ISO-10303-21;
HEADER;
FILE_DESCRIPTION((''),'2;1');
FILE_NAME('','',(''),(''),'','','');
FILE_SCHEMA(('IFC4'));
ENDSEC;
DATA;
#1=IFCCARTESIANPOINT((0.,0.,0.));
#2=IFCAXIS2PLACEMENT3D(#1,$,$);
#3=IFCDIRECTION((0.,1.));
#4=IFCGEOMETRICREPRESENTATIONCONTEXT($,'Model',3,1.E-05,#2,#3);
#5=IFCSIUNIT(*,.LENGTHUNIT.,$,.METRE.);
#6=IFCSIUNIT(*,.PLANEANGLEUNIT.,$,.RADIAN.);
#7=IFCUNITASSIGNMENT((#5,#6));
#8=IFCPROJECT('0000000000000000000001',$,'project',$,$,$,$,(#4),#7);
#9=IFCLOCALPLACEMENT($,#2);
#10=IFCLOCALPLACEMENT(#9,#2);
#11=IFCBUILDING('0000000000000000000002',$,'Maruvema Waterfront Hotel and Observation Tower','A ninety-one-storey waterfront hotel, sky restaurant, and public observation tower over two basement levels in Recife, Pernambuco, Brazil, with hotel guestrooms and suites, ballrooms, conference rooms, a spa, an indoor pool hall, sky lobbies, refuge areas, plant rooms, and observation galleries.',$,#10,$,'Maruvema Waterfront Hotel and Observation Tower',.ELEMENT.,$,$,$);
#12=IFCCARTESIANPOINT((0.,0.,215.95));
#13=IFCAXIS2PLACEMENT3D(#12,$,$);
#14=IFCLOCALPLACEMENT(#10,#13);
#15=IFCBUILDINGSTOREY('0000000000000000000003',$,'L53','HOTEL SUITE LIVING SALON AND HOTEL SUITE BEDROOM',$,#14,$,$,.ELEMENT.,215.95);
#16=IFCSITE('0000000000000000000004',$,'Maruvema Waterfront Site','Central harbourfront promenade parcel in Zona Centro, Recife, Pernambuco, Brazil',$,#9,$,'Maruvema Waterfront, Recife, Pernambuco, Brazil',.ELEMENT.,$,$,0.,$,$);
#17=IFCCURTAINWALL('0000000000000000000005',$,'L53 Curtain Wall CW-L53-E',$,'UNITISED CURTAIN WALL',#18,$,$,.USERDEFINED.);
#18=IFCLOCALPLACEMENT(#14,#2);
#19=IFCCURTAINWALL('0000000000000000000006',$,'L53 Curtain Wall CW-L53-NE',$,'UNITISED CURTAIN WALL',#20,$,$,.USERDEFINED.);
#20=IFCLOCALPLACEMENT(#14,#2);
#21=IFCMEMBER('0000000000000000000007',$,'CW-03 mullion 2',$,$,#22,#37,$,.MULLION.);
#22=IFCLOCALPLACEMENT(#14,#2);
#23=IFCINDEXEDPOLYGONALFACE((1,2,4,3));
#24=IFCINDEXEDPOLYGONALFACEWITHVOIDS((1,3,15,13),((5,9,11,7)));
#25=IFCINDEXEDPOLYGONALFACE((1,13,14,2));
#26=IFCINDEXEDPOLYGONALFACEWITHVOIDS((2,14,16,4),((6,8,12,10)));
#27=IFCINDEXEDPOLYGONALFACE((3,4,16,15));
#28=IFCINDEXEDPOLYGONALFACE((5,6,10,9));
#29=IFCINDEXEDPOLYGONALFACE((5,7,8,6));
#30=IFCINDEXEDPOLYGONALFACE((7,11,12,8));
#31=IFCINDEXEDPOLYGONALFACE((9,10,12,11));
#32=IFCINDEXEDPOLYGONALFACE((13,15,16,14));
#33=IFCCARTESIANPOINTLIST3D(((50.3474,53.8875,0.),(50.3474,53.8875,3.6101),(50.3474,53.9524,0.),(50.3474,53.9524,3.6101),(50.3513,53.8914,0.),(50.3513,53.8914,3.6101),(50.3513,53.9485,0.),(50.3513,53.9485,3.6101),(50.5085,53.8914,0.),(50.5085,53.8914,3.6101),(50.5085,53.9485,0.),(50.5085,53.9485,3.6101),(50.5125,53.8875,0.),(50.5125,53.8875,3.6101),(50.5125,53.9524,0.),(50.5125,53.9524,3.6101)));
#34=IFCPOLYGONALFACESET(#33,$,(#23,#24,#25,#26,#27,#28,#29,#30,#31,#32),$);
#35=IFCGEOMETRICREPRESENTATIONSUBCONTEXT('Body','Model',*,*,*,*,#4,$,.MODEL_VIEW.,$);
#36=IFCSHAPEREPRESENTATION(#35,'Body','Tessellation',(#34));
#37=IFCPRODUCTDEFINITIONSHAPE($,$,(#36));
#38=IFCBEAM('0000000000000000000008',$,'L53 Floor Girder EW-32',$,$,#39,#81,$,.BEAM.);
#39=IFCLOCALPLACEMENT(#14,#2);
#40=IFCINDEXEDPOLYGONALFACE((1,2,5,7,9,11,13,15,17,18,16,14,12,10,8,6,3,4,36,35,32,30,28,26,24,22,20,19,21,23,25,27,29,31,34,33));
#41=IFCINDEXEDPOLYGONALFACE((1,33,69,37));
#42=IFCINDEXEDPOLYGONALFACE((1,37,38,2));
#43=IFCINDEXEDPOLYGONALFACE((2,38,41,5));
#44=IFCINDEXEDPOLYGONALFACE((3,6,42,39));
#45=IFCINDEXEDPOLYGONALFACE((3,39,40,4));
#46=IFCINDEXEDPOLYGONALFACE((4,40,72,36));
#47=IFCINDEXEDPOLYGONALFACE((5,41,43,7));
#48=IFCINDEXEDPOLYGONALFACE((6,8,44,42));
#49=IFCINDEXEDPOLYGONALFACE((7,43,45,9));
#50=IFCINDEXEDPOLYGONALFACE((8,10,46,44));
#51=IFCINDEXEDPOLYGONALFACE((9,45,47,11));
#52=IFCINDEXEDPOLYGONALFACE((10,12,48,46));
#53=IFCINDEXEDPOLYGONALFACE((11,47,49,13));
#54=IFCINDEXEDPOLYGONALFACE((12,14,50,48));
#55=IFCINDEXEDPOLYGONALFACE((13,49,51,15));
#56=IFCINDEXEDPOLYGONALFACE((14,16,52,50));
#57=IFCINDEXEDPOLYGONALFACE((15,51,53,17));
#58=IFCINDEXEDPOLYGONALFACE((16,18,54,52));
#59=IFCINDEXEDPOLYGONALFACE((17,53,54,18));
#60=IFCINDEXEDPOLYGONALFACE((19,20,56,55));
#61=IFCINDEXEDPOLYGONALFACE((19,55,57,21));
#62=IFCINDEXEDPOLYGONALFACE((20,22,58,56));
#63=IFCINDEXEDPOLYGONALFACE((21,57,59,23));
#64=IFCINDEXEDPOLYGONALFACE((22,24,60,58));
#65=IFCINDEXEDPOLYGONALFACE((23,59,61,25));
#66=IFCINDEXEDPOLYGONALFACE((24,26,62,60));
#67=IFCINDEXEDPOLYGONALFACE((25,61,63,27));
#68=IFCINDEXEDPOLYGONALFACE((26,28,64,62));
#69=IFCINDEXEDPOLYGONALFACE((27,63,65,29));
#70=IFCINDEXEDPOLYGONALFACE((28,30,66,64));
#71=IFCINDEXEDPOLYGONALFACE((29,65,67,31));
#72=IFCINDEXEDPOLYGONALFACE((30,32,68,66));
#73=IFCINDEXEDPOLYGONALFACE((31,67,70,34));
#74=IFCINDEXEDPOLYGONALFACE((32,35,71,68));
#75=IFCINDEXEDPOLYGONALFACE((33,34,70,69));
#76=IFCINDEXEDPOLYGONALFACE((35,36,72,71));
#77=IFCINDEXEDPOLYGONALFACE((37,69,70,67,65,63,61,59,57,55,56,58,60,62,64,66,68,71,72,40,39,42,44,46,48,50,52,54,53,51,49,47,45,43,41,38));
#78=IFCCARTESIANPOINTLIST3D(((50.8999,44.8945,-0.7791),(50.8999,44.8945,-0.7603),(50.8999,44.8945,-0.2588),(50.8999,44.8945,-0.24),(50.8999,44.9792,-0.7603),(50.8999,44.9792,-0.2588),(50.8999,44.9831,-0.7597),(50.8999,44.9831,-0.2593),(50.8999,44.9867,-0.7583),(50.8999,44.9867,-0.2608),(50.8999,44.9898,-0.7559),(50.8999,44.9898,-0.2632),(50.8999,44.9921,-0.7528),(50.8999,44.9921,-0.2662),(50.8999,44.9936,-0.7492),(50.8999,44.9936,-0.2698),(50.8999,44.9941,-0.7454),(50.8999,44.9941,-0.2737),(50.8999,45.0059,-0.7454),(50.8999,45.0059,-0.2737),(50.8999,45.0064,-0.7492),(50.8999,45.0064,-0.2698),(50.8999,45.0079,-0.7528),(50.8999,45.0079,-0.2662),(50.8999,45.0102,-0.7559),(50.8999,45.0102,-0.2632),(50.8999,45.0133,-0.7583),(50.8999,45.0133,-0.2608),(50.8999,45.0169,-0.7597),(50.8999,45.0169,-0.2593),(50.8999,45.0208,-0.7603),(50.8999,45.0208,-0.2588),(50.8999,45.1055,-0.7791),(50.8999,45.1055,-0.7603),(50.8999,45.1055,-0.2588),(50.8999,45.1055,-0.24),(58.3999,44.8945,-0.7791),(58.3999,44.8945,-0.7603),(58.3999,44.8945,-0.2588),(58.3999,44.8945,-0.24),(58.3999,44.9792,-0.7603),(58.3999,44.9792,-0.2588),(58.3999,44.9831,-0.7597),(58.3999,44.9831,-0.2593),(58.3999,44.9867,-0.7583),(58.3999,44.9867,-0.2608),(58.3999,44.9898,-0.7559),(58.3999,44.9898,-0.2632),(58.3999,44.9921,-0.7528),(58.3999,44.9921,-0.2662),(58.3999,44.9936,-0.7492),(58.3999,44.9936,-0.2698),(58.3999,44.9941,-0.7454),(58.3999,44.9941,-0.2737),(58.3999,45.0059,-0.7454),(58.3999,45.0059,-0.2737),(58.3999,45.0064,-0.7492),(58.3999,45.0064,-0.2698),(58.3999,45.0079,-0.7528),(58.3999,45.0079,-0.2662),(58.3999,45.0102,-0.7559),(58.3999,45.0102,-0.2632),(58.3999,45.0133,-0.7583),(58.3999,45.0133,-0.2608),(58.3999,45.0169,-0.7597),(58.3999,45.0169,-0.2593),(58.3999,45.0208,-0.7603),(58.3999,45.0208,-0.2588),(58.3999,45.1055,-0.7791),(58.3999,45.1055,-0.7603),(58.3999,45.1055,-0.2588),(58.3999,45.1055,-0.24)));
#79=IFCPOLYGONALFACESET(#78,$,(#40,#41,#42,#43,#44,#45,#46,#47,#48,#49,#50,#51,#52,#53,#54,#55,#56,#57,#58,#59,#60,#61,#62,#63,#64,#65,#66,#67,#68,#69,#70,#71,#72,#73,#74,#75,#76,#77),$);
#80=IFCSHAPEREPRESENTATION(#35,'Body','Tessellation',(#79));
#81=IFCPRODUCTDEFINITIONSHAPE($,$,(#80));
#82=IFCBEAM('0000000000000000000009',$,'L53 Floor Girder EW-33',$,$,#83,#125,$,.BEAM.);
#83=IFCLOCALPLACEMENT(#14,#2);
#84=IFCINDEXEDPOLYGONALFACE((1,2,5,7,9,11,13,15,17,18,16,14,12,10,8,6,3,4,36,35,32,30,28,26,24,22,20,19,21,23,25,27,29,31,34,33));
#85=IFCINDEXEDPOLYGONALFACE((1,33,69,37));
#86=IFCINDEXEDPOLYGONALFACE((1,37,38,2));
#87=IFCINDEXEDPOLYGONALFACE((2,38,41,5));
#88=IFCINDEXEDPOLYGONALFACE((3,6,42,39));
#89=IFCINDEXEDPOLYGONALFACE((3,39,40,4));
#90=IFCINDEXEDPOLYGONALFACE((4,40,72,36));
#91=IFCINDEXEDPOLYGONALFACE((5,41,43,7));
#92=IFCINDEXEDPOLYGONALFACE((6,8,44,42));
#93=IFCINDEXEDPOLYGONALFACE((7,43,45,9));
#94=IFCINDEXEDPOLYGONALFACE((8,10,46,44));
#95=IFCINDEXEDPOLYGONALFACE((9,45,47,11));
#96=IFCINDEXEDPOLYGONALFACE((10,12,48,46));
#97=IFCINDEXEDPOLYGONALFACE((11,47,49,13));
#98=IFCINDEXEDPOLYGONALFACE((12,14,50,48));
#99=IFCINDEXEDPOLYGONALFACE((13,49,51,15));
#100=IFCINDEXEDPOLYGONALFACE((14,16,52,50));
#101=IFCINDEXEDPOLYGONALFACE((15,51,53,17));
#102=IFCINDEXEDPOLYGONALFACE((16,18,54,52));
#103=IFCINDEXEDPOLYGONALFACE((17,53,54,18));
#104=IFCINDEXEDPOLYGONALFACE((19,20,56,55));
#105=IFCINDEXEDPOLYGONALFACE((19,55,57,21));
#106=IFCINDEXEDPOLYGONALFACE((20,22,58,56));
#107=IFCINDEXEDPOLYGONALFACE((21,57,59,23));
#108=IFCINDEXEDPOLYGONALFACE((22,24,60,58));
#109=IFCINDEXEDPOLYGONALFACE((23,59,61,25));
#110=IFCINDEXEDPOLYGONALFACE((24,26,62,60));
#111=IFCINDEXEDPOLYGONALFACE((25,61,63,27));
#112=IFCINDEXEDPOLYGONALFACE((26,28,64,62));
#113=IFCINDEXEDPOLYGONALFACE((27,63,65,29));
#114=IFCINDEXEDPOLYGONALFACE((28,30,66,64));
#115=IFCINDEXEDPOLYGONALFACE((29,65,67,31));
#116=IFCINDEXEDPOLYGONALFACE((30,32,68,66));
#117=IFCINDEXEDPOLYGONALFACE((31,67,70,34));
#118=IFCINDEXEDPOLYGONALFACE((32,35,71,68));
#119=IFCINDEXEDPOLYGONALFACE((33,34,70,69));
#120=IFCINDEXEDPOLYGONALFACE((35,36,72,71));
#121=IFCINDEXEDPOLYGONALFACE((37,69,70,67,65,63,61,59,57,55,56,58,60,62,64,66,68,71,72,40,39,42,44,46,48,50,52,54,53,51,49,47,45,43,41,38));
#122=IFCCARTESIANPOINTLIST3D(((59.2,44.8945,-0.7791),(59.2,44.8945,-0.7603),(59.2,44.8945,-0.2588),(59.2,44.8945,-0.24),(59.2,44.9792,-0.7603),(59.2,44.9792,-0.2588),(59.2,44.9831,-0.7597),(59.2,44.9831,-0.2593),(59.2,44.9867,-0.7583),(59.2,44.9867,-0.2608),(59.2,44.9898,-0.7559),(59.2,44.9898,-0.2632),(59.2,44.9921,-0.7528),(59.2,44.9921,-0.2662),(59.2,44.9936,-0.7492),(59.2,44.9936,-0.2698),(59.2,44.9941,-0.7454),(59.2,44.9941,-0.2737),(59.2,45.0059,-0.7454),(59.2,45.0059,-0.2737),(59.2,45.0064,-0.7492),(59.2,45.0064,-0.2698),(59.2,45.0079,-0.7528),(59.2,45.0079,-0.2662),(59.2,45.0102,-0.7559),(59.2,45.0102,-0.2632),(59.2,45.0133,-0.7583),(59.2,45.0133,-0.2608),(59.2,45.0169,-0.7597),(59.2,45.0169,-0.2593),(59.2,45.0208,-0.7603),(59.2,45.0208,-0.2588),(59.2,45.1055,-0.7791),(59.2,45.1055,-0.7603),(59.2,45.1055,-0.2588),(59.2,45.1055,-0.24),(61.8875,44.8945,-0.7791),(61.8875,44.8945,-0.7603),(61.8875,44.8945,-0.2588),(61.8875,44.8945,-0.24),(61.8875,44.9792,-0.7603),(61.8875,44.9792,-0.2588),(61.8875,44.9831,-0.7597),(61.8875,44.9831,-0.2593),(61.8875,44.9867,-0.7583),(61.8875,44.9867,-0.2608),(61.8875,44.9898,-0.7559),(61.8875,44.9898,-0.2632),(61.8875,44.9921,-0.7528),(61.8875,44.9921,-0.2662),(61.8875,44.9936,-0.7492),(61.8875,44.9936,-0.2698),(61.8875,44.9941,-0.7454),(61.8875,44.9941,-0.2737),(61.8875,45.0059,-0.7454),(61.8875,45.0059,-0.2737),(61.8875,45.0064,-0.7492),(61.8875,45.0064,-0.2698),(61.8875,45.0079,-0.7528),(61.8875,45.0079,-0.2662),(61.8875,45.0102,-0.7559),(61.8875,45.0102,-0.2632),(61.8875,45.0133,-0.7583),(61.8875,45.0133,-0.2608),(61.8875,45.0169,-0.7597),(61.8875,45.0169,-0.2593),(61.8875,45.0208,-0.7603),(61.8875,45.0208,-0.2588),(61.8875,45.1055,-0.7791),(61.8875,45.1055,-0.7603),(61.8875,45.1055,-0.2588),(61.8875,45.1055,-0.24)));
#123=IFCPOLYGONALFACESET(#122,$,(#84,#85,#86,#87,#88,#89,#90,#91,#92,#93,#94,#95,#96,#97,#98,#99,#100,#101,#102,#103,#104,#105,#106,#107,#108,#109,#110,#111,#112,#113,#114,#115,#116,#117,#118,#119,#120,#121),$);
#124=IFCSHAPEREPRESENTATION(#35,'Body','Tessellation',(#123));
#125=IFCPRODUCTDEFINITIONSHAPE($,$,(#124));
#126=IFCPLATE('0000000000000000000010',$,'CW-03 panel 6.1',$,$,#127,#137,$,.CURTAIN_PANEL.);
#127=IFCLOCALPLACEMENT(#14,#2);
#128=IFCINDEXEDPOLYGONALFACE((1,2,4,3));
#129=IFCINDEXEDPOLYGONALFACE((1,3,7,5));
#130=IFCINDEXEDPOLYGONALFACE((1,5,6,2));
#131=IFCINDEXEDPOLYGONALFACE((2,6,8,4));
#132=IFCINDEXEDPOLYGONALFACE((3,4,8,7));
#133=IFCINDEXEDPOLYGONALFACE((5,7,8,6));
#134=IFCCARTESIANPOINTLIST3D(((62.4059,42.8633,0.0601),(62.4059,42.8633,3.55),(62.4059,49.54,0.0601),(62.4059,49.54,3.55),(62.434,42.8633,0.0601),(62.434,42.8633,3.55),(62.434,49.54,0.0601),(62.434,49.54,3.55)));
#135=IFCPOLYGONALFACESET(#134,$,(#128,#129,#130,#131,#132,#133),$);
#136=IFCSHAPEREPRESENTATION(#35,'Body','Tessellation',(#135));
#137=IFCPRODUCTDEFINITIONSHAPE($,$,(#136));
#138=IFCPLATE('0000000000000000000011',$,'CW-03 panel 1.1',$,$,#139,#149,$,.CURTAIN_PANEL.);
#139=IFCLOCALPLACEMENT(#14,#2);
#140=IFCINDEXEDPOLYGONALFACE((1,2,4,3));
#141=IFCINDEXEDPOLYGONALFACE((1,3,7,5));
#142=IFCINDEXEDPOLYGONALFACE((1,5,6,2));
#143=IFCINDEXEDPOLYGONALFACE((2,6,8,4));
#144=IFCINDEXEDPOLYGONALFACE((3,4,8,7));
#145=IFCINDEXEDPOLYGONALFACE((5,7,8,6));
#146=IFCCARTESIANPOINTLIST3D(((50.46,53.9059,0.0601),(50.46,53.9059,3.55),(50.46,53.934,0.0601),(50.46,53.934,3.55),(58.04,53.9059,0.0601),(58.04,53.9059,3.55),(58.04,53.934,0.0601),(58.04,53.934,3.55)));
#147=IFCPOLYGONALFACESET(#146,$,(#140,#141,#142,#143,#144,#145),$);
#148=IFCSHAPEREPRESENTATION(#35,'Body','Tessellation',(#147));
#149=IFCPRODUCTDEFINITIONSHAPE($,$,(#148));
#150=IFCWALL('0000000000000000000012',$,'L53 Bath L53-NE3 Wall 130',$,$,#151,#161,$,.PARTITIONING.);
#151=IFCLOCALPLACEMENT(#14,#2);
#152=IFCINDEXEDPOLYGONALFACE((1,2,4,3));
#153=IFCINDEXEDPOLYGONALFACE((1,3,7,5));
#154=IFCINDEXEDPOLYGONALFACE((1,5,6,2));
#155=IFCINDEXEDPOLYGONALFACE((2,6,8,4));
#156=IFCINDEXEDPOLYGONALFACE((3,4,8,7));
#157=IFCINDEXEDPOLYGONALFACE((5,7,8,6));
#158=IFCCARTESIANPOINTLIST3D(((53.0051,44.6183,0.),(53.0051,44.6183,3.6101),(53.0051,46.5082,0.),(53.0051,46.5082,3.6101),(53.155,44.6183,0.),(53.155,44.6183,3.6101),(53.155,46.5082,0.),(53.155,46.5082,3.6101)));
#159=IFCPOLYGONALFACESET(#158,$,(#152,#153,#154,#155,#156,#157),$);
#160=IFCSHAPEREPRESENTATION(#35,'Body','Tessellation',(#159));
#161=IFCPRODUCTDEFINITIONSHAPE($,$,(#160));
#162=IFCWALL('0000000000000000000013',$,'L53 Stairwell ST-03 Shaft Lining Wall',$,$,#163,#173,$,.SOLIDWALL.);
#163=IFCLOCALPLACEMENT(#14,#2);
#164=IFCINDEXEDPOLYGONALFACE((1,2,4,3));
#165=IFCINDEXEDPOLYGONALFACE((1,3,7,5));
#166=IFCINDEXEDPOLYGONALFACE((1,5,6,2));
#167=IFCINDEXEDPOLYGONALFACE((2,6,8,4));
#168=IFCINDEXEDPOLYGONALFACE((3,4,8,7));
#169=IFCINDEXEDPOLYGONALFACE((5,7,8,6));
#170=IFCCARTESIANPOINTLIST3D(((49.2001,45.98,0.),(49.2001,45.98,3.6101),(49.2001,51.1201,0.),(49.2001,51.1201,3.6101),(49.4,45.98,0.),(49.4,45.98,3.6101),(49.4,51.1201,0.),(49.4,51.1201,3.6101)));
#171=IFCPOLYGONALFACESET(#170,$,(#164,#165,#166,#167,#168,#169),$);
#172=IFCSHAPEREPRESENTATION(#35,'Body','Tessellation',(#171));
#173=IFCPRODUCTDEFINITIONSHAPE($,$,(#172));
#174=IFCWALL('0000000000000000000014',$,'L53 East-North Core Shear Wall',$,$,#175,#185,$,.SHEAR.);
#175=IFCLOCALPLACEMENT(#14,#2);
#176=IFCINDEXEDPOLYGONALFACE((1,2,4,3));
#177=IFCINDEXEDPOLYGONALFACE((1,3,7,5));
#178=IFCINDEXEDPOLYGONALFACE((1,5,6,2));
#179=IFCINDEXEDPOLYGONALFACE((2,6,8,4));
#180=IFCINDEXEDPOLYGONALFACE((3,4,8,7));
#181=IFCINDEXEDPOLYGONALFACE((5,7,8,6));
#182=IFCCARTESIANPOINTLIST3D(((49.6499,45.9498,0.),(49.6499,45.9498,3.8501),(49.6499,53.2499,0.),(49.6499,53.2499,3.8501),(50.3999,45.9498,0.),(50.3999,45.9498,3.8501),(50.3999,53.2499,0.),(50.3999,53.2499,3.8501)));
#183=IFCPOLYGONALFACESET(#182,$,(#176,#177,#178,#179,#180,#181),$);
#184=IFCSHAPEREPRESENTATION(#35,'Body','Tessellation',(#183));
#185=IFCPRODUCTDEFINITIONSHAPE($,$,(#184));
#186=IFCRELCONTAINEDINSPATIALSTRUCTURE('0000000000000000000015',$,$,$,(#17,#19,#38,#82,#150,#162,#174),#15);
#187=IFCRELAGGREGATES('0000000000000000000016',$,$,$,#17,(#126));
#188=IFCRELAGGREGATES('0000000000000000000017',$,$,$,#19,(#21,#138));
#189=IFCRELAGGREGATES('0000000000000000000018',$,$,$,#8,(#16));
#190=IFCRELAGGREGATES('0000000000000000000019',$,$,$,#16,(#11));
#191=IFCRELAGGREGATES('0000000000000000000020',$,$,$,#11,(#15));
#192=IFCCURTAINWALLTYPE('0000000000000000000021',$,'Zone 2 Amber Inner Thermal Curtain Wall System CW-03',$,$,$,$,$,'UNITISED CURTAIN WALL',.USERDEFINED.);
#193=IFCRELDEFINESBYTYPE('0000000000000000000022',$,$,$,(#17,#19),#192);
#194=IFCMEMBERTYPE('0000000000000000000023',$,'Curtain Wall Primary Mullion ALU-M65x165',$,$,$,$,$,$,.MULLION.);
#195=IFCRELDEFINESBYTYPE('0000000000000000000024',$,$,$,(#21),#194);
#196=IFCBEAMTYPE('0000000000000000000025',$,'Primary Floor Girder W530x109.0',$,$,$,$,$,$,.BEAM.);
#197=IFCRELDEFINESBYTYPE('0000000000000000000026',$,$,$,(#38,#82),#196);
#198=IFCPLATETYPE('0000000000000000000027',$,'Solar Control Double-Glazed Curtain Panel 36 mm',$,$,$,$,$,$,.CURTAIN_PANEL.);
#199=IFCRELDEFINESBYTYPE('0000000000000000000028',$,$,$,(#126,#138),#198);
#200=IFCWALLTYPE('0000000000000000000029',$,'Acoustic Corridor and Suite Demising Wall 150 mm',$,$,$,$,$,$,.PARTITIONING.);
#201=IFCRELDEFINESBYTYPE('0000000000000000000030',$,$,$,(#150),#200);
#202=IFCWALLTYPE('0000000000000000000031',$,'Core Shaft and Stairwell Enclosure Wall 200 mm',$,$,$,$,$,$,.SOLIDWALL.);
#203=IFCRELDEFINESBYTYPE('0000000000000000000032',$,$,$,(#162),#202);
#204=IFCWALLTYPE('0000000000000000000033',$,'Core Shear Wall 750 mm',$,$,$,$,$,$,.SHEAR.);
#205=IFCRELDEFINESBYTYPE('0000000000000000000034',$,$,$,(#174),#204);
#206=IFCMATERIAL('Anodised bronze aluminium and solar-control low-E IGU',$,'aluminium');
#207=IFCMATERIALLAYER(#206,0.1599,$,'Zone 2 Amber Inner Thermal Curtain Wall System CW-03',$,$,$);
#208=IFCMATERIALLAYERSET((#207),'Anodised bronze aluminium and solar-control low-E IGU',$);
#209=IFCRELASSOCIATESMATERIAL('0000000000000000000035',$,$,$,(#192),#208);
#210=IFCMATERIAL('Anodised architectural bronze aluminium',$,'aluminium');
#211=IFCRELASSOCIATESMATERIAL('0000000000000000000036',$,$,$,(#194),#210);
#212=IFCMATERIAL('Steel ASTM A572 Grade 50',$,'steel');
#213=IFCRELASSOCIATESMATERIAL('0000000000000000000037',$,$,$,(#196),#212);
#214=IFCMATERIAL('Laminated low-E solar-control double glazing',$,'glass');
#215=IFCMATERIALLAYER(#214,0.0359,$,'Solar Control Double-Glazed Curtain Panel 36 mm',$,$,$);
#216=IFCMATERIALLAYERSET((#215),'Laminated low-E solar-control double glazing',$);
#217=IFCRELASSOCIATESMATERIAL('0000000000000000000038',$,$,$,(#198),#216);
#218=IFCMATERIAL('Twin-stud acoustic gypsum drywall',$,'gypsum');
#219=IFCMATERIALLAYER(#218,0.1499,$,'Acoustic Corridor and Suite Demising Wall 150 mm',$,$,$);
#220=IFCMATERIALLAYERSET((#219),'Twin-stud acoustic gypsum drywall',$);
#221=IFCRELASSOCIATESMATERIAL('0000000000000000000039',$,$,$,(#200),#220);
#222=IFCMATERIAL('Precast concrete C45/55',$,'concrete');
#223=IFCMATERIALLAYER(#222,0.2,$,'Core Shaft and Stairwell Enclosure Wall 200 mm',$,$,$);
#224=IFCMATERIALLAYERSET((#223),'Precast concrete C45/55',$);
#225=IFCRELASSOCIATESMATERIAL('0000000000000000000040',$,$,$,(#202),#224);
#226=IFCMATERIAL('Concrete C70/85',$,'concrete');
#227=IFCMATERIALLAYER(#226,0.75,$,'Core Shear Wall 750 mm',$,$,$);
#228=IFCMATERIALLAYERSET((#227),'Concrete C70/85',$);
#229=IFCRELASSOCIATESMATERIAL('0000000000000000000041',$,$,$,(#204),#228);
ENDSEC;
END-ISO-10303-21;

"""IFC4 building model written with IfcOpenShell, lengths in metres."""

from ifc_helpers import new_model, si_unit, direction, frame, frame_2d, origin, origin_2d, place, context, subcontext, project, spatial, rectangle, hollow_rectangle, i_section, extrude, material, layer, layer_set, material_profile, profile_set, type_object, element, aggregate, save


model = new_model("IFC4")

# Units and contexts
model_context = context("Model", 3, precision=1e-05, world=origin(), true_north=direction((0.0, 1.0)))
body_context = subcontext(model_context, "Body", "Model", "MODEL_VIEW")
ifc_project = project(units=[si_unit("LENGTHUNIT", "METRE"), si_unit("PLANEANGLEUNIT", "RADIAN")], contexts=[model_context])

# Site, building, storey
site_placement = place(None, origin())
site = spatial("IfcSite", under=ifc_project, at=site_placement, Name="Maruvema Waterfront Site", Description="Central harbourfront promenade parcel in Zona Centro, Recife, Pernambuco, Brazil", LongName="Maruvema Waterfront, Recife, Pernambuco, Brazil", CompositionType="ELEMENT", RefElevation=0.0)
building_placement = place(site_placement, origin())
building = spatial("IfcBuilding", under=site, at=building_placement, Name="Maruvema Waterfront Hotel and Observation Tower", Description="A ninety-one-storey waterfront hotel, sky restaurant, and public observation tower over two basement levels in Recife, Pernambuco, Brazil, with hotel guestrooms and suites, ballrooms, conference rooms, a spa, an indoor pool hall, sky lobbies, refuge areas, plant rooms, and observation galleries.", LongName="Maruvema Waterfront Hotel and Observation Tower", CompositionType="ELEMENT")
storey_placement = place(building_placement, frame((0.0, 0.0, 215.95)))
storey = spatial("IfcBuildingStorey", under=building, at=storey_placement, Name="L53", Description="HOTEL SUITE LIVING SALON AND HOTEL SUITE BEDROOM", CompositionType="ELEMENT", Elevation=215.95)

# Curtain walls
ifc_material_1 = material(Name="Anodised bronze aluminium and solar-control low-E IGU", Category="aluminium")
ifc_layer_1 = layer(ifc_material_1, 0.1599, Name="Zone 2 Amber Inner Thermal Curtain Wall System CW-03")
ifc_layer_set_1 = layer_set([ifc_layer_1], Name="Anodised bronze aluminium and solar-control low-E IGU")
curtain_wall_type = type_object("IfcCurtainWallType", Name="Zone 2 Amber Inner Thermal Curtain Wall System CW-03", ElementType="UNITISED CURTAIN WALL", PredefinedType="USERDEFINED", material=ifc_layer_set_1)
curtain_wall_1_placement = place(storey_placement, origin())
curtain_wall_1 = element("IfcCurtainWall", 1, at=curtain_wall_1_placement, inside=storey, type_object=curtain_wall_type, Name="L53 Curtain Wall CW-L53-E", ObjectType="UNITISED CURTAIN WALL", PredefinedType="USERDEFINED")
curtain_wall_2_placement = place(storey_placement, origin())
curtain_wall_2 = element("IfcCurtainWall", 2, at=curtain_wall_2_placement, inside=storey, type_object=curtain_wall_type, Name="L53 Curtain Wall CW-L53-NE", ObjectType="UNITISED CURTAIN WALL", PredefinedType="USERDEFINED")

# Member
ifc_material_2 = material(Name="Anodised architectural bronze aluminium", Category="aluminium")
ifc_material_profile_1 = material_profile(ifc_material_2, hollow_rectangle(XDim=0.0649, YDim=0.165, WallThickness=0.0039, at=origin_2d()), Name="ALU-M65x165")
ifc_profile_set_1 = profile_set([ifc_material_profile_1], Name="Anodised architectural bronze aluminium")
member_type_1 = type_object("IfcMemberType", Name="Curtain Wall Primary Mullion ALU-M65x165", PredefinedType="MULLION", material=ifc_profile_set_1)
member_1_placement = place(storey_placement, frame((50.4299, 53.9199, 0.0), z_axis=(0.0, 0.0, 1.0), x_axis=(0.0, -1.0, 0.0)))
member_1 = element("IfcMember", 3, at=member_1_placement, type_object=member_type_1, Name="CW-03 mullion 2", PredefinedType="MULLION", context=body_context, shape_type="SweptSolid", body=[
    extrude(hollow_rectangle(XDim=0.0649, YDim=0.165, WallThickness=0.0039, at=origin_2d()), origin(), (0.0, 0.0, 1.0), 3.6101),
])

# Beams
ifc_material_3 = material(Name="Steel ASTM A572 Grade 50", Category="steel")
ifc_material_profile_2 = material_profile(ifc_material_3, i_section(OverallWidth=0.2109, OverallDepth=0.5391, WebThickness=0.0117, FlangeThickness=0.0188, FilletRadius=0.0149, at=origin_2d()), Name="W530x109.0")
ifc_profile_set_2 = profile_set([ifc_material_profile_2], Name="Steel ASTM A572 Grade 50")
beam_type = type_object("IfcBeamType", Name="Primary Floor Girder W530x109.0", PredefinedType="BEAM", material=ifc_profile_set_2)
beam_1_placement = place(storey_placement, frame((50.8999, 45.0, -0.5095), z_axis=(1.0, 0.0, 0.0), x_axis=(0.0, 1.0, 0.0)))
element("IfcBeam", 4, at=beam_1_placement, inside=storey, type_object=beam_type, Name="L53 Floor Girder EW-32", PredefinedType="BEAM", context=body_context, shape_type="SweptSolid", body=[
    extrude(i_section(OverallWidth=0.2109, OverallDepth=0.5391, WebThickness=0.0117, FlangeThickness=0.0188, FilletRadius=0.0149, at=origin_2d()), origin(), (0.0, 0.0, 1.0), 7.5),
])
beam_2_placement = place(storey_placement, frame((59.2, 45.0, -0.5095), z_axis=(1.0, 0.0, 0.0), x_axis=(0.0, 1.0, 0.0)))
element("IfcBeam", 5, at=beam_2_placement, inside=storey, type_object=beam_type, Name="L53 Floor Girder EW-33", PredefinedType="BEAM", context=body_context, shape_type="SweptSolid", body=[
    extrude(i_section(OverallWidth=0.2109, OverallDepth=0.5391, WebThickness=0.0117, FlangeThickness=0.0188, FilletRadius=0.0149, at=origin_2d()), origin(), (0.0, 0.0, 1.0), 2.6875),
])

# Plates
ifc_material_4 = material(Name="Laminated low-E solar-control double glazing", Category="glass")
ifc_layer_2 = layer(ifc_material_4, 0.0359, Name="Solar Control Double-Glazed Curtain Panel 36 mm")
ifc_layer_set_2 = layer_set([ifc_layer_2], Name="Laminated low-E solar-control double glazing")
plate_type = type_object("IfcPlateType", Name="Solar Control Double-Glazed Curtain Panel 36 mm", PredefinedType="CURTAIN_PANEL", material=ifc_layer_set_2)
plate_1_placement = place(storey_placement, frame((62.4199, 46.2017, 0.0601), z_axis=(0.0, 0.0, 1.0), x_axis=(0.0, 1.0, 0.0)))
plate_1 = element("IfcPlate", 6, at=plate_1_placement, type_object=plate_type, Name="CW-03 panel 6.1", PredefinedType="CURTAIN_PANEL", context=body_context, shape_type="SweptSolid", body=[
    extrude(rectangle(XDim=6.6768, YDim=0.0281, at=origin_2d()), origin(), (0.0, 0.0, 1.0), 3.49),
])
aggregate(curtain_wall_1, [plate_1])
plate_2_placement = place(storey_placement, frame((54.25, 53.9199, 0.0601), z_axis=(0.0, 0.0, 1.0), x_axis=(-1.0, 0.0, 0.0)))
plate_2 = element("IfcPlate", 7, at=plate_2_placement, type_object=plate_type, Name="CW-03 panel 1.1", PredefinedType="CURTAIN_PANEL", context=body_context, shape_type="SweptSolid", body=[
    extrude(rectangle(XDim=7.5801, YDim=0.0281, at=origin_2d()), origin(), (0.0, 0.0, 1.0), 3.49),
])
aggregate(curtain_wall_2, [member_1, plate_2])

# Wall
ifc_material_5 = material(Name="Twin-stud acoustic gypsum drywall", Category="gypsum")
ifc_layer_3 = layer(ifc_material_5, 0.1499, Name="Acoustic Corridor and Suite Demising Wall 150 mm")
ifc_layer_set_3 = layer_set([ifc_layer_3], Name="Twin-stud acoustic gypsum drywall")
wall_type_1 = type_object("IfcWallType", Name="Acoustic Corridor and Suite Demising Wall 150 mm", PredefinedType="PARTITIONING", material=ifc_layer_set_3)
wall_1_placement = place(storey_placement, frame((53.0801, 44.6184, 0.0), z_axis=(0.0, 0.0, 1.0), x_axis=(0.0, 1.0, 0.0)))
element("IfcWall", 8, at=wall_1_placement, inside=storey, type_object=wall_type_1, Name="L53 Bath L53-NE3 Wall 130", PredefinedType="PARTITIONING", context=body_context, shape_type="SweptSolid", body=[
    extrude(rectangle(XDim=1.8899, YDim=0.1499, at=frame_2d((0.9448, 0.0))), origin(), (0.0, 0.0, 1.0), 3.6101),
])

# Walls
ifc_material_6 = material(Name="Precast concrete C45/55", Category="concrete")
ifc_layer_4 = layer(ifc_material_6, 0.2, Name="Core Shaft and Stairwell Enclosure Wall 200 mm")
ifc_layer_set_4 = layer_set([ifc_layer_4], Name="Precast concrete C45/55")
wall_type_2 = type_object("IfcWallType", Name="Core Shaft and Stairwell Enclosure Wall 200 mm", PredefinedType="SOLIDWALL", material=ifc_layer_set_4)
wall_2_placement = place(storey_placement, frame((49.3, 45.98, 0.0), z_axis=(0.0, 0.0, 1.0), x_axis=(0.0, 1.0, 0.0)))
element("IfcWall", 9, at=wall_2_placement, inside=storey, type_object=wall_type_2, Name="L53 Stairwell ST-03 Shaft Lining Wall", PredefinedType="SOLIDWALL", context=body_context, shape_type="SweptSolid", body=[
    extrude(rectangle(XDim=5.1401, YDim=0.2, at=frame_2d((2.5701, 0.0))), origin(), (0.0, 0.0, 1.0), 3.6101),
])
ifc_material_7 = material(Name="Concrete C70/85", Category="concrete")
ifc_layer_5 = layer(ifc_material_7, 0.75, Name="Core Shear Wall 750 mm")
ifc_layer_set_5 = layer_set([ifc_layer_5], Name="Concrete C70/85")
wall_type_3 = type_object("IfcWallType", Name="Core Shear Wall 750 mm", PredefinedType="SHEAR", material=ifc_layer_set_5)
wall_3_placement = place(storey_placement, frame((50.0249, 45.95, 0.0), z_axis=(0.0, 0.0, 1.0), x_axis=(0.0, 1.0, 0.0)))
element("IfcWall", 10, at=wall_3_placement, inside=storey, type_object=wall_type_3, Name="L53 East-North Core Shear Wall", PredefinedType="SHEAR", context=body_context, shape_type="SweptSolid", body=[
    extrude(rectangle(XDim=7.3, YDim=0.75, at=frame_2d((3.6499, 0.0))), origin(), (0.0, 0.0, 1.0), 3.8501),
])

save(model, "model.ifc")
